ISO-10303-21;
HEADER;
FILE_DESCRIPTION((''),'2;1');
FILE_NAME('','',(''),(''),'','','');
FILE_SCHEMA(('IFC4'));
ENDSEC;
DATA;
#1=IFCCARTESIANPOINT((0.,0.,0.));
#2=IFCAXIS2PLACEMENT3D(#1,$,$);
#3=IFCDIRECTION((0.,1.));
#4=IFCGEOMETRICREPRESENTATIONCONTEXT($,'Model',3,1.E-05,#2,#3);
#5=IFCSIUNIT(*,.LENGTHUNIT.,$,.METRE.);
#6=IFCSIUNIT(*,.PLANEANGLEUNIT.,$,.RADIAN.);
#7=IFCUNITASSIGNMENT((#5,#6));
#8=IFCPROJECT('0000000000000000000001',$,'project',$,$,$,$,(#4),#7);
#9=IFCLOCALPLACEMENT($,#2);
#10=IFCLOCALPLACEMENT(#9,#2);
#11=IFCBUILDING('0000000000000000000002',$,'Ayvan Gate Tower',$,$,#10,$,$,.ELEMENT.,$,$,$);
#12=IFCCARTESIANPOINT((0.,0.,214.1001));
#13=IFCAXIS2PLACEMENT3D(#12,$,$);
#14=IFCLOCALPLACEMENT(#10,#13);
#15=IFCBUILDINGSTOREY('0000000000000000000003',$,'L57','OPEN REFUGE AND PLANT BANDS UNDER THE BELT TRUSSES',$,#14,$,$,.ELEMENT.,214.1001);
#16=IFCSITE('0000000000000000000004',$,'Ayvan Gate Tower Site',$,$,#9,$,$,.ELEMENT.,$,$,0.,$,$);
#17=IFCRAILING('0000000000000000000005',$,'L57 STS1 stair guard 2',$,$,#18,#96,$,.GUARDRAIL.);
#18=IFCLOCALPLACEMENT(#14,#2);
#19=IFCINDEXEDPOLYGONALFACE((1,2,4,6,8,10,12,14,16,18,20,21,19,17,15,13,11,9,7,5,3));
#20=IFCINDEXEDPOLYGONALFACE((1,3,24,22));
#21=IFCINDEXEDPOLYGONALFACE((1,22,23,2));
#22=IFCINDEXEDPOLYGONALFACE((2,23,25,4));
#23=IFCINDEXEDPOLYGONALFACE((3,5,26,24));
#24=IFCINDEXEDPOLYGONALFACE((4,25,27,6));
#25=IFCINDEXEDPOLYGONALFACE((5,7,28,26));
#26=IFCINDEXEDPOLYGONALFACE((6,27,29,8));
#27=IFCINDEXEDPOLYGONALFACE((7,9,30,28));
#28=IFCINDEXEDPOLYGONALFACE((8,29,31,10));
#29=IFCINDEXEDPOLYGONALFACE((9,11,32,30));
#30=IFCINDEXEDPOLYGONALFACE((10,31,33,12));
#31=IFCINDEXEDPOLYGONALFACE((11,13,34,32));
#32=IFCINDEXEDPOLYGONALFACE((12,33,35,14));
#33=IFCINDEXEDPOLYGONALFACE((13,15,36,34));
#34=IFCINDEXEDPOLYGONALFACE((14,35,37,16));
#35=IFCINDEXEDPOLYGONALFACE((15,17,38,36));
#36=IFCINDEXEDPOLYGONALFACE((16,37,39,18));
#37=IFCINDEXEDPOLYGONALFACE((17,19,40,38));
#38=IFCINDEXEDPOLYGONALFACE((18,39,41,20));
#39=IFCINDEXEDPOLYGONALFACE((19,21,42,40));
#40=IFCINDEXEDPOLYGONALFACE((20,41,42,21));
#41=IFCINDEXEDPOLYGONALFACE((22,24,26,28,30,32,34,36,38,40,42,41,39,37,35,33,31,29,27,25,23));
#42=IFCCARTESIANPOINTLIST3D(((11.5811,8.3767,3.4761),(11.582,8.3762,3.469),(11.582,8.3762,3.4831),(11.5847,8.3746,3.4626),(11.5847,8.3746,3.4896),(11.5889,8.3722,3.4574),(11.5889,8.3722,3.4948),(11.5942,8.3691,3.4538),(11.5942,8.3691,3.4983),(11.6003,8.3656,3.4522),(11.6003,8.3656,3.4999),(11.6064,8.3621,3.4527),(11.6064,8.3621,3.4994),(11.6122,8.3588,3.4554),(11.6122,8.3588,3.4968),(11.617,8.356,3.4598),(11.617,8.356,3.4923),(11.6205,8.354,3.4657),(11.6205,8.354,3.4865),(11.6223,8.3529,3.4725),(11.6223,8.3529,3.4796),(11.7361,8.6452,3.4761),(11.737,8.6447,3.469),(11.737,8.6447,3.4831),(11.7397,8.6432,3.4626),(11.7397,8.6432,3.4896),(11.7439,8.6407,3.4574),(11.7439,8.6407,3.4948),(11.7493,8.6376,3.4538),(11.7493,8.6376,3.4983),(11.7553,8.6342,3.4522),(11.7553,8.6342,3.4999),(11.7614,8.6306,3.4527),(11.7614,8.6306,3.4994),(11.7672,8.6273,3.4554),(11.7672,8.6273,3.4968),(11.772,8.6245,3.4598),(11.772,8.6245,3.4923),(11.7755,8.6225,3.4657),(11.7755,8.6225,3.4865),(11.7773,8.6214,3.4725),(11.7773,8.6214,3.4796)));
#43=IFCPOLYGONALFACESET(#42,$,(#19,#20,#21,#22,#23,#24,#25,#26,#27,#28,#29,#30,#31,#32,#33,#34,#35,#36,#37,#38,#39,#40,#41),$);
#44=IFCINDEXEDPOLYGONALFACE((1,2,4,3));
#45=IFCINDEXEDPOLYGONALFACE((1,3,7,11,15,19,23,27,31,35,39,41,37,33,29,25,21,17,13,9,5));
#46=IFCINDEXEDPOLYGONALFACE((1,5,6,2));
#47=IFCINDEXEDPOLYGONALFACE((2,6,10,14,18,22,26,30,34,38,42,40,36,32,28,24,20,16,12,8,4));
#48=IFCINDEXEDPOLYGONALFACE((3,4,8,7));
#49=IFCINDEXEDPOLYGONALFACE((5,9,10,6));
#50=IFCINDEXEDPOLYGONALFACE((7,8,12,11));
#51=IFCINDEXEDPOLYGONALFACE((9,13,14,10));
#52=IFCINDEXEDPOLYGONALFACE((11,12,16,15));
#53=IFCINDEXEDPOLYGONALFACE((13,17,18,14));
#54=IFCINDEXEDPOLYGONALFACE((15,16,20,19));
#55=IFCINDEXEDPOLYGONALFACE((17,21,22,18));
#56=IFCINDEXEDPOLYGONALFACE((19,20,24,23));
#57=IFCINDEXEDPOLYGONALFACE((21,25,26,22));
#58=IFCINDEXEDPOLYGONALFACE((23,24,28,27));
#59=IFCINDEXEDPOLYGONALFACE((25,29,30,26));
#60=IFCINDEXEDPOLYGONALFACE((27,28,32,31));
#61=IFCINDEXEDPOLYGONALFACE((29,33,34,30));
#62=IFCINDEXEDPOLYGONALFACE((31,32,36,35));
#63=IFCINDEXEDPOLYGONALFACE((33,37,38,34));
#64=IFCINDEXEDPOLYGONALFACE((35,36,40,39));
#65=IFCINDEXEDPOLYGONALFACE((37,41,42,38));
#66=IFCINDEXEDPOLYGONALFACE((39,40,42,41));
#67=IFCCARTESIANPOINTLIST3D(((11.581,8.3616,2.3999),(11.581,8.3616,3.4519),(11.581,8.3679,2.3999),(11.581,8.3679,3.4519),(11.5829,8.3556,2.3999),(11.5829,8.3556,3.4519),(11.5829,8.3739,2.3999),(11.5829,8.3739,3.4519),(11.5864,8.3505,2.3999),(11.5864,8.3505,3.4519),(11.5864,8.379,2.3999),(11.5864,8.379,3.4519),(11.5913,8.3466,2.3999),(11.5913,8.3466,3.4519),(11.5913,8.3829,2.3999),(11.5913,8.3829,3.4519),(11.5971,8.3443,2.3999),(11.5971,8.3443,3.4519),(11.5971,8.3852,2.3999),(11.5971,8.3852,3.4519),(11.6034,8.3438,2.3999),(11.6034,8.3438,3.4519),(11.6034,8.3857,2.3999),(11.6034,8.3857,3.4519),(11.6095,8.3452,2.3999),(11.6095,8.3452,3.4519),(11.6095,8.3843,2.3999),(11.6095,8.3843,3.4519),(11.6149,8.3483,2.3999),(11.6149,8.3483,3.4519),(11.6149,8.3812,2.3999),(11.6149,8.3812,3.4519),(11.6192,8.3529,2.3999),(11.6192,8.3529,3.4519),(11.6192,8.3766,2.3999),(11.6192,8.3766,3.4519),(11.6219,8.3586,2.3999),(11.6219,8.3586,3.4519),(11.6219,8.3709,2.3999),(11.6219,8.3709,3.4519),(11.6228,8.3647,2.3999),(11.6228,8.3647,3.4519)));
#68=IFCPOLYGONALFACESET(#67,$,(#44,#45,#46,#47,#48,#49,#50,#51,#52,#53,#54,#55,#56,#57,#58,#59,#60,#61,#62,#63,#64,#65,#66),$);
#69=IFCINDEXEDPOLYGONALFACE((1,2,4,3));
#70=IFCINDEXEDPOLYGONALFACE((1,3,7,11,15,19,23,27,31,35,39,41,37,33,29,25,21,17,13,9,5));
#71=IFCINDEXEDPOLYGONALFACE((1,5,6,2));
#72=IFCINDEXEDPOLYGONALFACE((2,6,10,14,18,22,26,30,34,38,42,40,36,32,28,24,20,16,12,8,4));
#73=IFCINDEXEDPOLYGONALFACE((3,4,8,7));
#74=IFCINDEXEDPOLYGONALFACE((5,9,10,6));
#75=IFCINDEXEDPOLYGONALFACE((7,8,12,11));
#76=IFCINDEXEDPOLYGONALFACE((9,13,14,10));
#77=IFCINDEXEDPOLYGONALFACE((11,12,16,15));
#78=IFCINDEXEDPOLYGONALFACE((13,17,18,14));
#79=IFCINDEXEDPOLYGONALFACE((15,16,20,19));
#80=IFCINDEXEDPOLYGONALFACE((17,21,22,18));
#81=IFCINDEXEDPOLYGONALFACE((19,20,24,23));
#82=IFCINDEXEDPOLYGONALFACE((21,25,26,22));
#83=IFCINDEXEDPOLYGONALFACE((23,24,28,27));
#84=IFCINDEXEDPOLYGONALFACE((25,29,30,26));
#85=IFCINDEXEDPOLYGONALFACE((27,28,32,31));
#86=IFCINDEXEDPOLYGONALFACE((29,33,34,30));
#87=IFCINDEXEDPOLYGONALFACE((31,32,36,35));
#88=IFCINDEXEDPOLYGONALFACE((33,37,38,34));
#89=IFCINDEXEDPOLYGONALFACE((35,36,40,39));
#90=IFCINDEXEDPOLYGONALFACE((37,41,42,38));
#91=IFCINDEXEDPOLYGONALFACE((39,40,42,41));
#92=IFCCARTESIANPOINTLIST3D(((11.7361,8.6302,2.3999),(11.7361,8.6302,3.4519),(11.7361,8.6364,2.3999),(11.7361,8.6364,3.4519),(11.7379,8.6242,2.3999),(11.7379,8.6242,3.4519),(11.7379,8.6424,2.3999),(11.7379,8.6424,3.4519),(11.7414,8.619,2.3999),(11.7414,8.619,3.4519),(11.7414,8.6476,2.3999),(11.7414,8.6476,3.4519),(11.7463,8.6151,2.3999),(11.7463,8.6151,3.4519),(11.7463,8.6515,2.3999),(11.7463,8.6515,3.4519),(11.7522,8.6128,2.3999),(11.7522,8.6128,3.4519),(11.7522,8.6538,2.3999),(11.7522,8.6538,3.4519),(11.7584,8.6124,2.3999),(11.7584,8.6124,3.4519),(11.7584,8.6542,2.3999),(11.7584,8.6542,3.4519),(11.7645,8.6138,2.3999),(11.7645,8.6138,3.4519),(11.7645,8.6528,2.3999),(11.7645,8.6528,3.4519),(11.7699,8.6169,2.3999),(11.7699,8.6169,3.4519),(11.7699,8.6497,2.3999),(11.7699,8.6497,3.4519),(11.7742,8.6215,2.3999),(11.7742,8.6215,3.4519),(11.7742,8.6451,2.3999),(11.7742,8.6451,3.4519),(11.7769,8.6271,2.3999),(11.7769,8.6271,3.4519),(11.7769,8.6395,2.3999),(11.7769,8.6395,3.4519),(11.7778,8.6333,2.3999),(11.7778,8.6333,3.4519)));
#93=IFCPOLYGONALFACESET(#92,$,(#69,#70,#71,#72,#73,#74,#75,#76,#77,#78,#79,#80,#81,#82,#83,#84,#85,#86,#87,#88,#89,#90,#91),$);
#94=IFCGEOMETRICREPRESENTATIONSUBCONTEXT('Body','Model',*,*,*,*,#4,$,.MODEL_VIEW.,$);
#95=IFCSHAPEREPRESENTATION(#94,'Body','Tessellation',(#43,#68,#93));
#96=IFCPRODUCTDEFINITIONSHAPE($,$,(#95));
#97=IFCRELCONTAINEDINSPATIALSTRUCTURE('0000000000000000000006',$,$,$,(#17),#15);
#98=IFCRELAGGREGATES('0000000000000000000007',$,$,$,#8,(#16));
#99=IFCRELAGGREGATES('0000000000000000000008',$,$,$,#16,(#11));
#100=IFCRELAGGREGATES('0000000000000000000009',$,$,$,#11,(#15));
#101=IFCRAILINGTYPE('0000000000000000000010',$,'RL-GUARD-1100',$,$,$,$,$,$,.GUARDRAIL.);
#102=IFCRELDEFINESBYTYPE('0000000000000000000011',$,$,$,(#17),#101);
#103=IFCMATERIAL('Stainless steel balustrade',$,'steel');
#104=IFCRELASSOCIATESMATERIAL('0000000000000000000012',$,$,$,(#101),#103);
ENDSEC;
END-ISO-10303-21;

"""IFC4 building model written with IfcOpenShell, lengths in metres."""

from ifc_helpers import new_model, si_unit, direction, frame, origin, origin_2d, place, context, subcontext, project, spatial, circle, extrude, material, type_object, element, save


model = new_model("IFC4")

# Units and contexts
model_context = context("Model", 3, precision=1e-05, world=origin(), true_north=direction((0.0, 1.0)))
body_context = subcontext(model_context, "Body", "Model", "MODEL_VIEW")
ifc_project = project(units=[si_unit("LENGTHUNIT", "METRE"), si_unit("PLANEANGLEUNIT", "RADIAN")], contexts=[model_context])

# Site, building, storey
site_placement = place(None, origin())
site = spatial("IfcSite", under=ifc_project, at=site_placement, Name="Ayvan Gate Tower Site", CompositionType="ELEMENT", RefElevation=0.0)
building_placement = place(site_placement, origin())
building = spatial("IfcBuilding", under=site, at=building_placement, Name="Ayvan Gate Tower", CompositionType="ELEMENT")
storey_placement = place(building_placement, frame((0.0, 0.0, 214.1001)))
storey = spatial("IfcBuildingStorey", under=building, at=storey_placement, Name="L57", Description="OPEN REFUGE AND PLANT BANDS UNDER THE BELT TRUSSES", CompositionType="ELEMENT", Elevation=214.1001)

# Railing
ifc_material_1 = material(Name="Stainless steel balustrade", Category="steel")
railing_type_1 = type_object("IfcRailingType", Name="RL-GUARD-1100", PredefinedType="GUARDRAIL", material=ifc_material_1)
railing_1_placement = place(storey_placement, frame((11.6018, 8.3647, 2.3999)))
element("IfcRailing", 1, at=railing_1_placement, inside=storey, type_object=railing_type_1, Name="L57 STS1 stair guard 2", PredefinedType="GUARDRAIL", context=body_context, shape_type="SweptSolid", body=[
    extrude(circle(Radius=0.0239, at=origin_2d()), frame((0.0, 0.0, 1.0762), z_axis=(0.49995, 0.866054, 0.0), x_axis=(-0.866054, 0.49995, 0.0)), (0.0, 0.0, 1.0), 0.3101),
    extrude(circle(Radius=0.021, at=origin_2d()), origin(), (0.0, 0.0, 1.0), 1.052),
    extrude(circle(Radius=0.021, at=origin_2d()), frame((0.155, 0.2686, 0.0)), (0.0, 0.0, 1.0), 1.052),
])

save(model, "model.ifc")
